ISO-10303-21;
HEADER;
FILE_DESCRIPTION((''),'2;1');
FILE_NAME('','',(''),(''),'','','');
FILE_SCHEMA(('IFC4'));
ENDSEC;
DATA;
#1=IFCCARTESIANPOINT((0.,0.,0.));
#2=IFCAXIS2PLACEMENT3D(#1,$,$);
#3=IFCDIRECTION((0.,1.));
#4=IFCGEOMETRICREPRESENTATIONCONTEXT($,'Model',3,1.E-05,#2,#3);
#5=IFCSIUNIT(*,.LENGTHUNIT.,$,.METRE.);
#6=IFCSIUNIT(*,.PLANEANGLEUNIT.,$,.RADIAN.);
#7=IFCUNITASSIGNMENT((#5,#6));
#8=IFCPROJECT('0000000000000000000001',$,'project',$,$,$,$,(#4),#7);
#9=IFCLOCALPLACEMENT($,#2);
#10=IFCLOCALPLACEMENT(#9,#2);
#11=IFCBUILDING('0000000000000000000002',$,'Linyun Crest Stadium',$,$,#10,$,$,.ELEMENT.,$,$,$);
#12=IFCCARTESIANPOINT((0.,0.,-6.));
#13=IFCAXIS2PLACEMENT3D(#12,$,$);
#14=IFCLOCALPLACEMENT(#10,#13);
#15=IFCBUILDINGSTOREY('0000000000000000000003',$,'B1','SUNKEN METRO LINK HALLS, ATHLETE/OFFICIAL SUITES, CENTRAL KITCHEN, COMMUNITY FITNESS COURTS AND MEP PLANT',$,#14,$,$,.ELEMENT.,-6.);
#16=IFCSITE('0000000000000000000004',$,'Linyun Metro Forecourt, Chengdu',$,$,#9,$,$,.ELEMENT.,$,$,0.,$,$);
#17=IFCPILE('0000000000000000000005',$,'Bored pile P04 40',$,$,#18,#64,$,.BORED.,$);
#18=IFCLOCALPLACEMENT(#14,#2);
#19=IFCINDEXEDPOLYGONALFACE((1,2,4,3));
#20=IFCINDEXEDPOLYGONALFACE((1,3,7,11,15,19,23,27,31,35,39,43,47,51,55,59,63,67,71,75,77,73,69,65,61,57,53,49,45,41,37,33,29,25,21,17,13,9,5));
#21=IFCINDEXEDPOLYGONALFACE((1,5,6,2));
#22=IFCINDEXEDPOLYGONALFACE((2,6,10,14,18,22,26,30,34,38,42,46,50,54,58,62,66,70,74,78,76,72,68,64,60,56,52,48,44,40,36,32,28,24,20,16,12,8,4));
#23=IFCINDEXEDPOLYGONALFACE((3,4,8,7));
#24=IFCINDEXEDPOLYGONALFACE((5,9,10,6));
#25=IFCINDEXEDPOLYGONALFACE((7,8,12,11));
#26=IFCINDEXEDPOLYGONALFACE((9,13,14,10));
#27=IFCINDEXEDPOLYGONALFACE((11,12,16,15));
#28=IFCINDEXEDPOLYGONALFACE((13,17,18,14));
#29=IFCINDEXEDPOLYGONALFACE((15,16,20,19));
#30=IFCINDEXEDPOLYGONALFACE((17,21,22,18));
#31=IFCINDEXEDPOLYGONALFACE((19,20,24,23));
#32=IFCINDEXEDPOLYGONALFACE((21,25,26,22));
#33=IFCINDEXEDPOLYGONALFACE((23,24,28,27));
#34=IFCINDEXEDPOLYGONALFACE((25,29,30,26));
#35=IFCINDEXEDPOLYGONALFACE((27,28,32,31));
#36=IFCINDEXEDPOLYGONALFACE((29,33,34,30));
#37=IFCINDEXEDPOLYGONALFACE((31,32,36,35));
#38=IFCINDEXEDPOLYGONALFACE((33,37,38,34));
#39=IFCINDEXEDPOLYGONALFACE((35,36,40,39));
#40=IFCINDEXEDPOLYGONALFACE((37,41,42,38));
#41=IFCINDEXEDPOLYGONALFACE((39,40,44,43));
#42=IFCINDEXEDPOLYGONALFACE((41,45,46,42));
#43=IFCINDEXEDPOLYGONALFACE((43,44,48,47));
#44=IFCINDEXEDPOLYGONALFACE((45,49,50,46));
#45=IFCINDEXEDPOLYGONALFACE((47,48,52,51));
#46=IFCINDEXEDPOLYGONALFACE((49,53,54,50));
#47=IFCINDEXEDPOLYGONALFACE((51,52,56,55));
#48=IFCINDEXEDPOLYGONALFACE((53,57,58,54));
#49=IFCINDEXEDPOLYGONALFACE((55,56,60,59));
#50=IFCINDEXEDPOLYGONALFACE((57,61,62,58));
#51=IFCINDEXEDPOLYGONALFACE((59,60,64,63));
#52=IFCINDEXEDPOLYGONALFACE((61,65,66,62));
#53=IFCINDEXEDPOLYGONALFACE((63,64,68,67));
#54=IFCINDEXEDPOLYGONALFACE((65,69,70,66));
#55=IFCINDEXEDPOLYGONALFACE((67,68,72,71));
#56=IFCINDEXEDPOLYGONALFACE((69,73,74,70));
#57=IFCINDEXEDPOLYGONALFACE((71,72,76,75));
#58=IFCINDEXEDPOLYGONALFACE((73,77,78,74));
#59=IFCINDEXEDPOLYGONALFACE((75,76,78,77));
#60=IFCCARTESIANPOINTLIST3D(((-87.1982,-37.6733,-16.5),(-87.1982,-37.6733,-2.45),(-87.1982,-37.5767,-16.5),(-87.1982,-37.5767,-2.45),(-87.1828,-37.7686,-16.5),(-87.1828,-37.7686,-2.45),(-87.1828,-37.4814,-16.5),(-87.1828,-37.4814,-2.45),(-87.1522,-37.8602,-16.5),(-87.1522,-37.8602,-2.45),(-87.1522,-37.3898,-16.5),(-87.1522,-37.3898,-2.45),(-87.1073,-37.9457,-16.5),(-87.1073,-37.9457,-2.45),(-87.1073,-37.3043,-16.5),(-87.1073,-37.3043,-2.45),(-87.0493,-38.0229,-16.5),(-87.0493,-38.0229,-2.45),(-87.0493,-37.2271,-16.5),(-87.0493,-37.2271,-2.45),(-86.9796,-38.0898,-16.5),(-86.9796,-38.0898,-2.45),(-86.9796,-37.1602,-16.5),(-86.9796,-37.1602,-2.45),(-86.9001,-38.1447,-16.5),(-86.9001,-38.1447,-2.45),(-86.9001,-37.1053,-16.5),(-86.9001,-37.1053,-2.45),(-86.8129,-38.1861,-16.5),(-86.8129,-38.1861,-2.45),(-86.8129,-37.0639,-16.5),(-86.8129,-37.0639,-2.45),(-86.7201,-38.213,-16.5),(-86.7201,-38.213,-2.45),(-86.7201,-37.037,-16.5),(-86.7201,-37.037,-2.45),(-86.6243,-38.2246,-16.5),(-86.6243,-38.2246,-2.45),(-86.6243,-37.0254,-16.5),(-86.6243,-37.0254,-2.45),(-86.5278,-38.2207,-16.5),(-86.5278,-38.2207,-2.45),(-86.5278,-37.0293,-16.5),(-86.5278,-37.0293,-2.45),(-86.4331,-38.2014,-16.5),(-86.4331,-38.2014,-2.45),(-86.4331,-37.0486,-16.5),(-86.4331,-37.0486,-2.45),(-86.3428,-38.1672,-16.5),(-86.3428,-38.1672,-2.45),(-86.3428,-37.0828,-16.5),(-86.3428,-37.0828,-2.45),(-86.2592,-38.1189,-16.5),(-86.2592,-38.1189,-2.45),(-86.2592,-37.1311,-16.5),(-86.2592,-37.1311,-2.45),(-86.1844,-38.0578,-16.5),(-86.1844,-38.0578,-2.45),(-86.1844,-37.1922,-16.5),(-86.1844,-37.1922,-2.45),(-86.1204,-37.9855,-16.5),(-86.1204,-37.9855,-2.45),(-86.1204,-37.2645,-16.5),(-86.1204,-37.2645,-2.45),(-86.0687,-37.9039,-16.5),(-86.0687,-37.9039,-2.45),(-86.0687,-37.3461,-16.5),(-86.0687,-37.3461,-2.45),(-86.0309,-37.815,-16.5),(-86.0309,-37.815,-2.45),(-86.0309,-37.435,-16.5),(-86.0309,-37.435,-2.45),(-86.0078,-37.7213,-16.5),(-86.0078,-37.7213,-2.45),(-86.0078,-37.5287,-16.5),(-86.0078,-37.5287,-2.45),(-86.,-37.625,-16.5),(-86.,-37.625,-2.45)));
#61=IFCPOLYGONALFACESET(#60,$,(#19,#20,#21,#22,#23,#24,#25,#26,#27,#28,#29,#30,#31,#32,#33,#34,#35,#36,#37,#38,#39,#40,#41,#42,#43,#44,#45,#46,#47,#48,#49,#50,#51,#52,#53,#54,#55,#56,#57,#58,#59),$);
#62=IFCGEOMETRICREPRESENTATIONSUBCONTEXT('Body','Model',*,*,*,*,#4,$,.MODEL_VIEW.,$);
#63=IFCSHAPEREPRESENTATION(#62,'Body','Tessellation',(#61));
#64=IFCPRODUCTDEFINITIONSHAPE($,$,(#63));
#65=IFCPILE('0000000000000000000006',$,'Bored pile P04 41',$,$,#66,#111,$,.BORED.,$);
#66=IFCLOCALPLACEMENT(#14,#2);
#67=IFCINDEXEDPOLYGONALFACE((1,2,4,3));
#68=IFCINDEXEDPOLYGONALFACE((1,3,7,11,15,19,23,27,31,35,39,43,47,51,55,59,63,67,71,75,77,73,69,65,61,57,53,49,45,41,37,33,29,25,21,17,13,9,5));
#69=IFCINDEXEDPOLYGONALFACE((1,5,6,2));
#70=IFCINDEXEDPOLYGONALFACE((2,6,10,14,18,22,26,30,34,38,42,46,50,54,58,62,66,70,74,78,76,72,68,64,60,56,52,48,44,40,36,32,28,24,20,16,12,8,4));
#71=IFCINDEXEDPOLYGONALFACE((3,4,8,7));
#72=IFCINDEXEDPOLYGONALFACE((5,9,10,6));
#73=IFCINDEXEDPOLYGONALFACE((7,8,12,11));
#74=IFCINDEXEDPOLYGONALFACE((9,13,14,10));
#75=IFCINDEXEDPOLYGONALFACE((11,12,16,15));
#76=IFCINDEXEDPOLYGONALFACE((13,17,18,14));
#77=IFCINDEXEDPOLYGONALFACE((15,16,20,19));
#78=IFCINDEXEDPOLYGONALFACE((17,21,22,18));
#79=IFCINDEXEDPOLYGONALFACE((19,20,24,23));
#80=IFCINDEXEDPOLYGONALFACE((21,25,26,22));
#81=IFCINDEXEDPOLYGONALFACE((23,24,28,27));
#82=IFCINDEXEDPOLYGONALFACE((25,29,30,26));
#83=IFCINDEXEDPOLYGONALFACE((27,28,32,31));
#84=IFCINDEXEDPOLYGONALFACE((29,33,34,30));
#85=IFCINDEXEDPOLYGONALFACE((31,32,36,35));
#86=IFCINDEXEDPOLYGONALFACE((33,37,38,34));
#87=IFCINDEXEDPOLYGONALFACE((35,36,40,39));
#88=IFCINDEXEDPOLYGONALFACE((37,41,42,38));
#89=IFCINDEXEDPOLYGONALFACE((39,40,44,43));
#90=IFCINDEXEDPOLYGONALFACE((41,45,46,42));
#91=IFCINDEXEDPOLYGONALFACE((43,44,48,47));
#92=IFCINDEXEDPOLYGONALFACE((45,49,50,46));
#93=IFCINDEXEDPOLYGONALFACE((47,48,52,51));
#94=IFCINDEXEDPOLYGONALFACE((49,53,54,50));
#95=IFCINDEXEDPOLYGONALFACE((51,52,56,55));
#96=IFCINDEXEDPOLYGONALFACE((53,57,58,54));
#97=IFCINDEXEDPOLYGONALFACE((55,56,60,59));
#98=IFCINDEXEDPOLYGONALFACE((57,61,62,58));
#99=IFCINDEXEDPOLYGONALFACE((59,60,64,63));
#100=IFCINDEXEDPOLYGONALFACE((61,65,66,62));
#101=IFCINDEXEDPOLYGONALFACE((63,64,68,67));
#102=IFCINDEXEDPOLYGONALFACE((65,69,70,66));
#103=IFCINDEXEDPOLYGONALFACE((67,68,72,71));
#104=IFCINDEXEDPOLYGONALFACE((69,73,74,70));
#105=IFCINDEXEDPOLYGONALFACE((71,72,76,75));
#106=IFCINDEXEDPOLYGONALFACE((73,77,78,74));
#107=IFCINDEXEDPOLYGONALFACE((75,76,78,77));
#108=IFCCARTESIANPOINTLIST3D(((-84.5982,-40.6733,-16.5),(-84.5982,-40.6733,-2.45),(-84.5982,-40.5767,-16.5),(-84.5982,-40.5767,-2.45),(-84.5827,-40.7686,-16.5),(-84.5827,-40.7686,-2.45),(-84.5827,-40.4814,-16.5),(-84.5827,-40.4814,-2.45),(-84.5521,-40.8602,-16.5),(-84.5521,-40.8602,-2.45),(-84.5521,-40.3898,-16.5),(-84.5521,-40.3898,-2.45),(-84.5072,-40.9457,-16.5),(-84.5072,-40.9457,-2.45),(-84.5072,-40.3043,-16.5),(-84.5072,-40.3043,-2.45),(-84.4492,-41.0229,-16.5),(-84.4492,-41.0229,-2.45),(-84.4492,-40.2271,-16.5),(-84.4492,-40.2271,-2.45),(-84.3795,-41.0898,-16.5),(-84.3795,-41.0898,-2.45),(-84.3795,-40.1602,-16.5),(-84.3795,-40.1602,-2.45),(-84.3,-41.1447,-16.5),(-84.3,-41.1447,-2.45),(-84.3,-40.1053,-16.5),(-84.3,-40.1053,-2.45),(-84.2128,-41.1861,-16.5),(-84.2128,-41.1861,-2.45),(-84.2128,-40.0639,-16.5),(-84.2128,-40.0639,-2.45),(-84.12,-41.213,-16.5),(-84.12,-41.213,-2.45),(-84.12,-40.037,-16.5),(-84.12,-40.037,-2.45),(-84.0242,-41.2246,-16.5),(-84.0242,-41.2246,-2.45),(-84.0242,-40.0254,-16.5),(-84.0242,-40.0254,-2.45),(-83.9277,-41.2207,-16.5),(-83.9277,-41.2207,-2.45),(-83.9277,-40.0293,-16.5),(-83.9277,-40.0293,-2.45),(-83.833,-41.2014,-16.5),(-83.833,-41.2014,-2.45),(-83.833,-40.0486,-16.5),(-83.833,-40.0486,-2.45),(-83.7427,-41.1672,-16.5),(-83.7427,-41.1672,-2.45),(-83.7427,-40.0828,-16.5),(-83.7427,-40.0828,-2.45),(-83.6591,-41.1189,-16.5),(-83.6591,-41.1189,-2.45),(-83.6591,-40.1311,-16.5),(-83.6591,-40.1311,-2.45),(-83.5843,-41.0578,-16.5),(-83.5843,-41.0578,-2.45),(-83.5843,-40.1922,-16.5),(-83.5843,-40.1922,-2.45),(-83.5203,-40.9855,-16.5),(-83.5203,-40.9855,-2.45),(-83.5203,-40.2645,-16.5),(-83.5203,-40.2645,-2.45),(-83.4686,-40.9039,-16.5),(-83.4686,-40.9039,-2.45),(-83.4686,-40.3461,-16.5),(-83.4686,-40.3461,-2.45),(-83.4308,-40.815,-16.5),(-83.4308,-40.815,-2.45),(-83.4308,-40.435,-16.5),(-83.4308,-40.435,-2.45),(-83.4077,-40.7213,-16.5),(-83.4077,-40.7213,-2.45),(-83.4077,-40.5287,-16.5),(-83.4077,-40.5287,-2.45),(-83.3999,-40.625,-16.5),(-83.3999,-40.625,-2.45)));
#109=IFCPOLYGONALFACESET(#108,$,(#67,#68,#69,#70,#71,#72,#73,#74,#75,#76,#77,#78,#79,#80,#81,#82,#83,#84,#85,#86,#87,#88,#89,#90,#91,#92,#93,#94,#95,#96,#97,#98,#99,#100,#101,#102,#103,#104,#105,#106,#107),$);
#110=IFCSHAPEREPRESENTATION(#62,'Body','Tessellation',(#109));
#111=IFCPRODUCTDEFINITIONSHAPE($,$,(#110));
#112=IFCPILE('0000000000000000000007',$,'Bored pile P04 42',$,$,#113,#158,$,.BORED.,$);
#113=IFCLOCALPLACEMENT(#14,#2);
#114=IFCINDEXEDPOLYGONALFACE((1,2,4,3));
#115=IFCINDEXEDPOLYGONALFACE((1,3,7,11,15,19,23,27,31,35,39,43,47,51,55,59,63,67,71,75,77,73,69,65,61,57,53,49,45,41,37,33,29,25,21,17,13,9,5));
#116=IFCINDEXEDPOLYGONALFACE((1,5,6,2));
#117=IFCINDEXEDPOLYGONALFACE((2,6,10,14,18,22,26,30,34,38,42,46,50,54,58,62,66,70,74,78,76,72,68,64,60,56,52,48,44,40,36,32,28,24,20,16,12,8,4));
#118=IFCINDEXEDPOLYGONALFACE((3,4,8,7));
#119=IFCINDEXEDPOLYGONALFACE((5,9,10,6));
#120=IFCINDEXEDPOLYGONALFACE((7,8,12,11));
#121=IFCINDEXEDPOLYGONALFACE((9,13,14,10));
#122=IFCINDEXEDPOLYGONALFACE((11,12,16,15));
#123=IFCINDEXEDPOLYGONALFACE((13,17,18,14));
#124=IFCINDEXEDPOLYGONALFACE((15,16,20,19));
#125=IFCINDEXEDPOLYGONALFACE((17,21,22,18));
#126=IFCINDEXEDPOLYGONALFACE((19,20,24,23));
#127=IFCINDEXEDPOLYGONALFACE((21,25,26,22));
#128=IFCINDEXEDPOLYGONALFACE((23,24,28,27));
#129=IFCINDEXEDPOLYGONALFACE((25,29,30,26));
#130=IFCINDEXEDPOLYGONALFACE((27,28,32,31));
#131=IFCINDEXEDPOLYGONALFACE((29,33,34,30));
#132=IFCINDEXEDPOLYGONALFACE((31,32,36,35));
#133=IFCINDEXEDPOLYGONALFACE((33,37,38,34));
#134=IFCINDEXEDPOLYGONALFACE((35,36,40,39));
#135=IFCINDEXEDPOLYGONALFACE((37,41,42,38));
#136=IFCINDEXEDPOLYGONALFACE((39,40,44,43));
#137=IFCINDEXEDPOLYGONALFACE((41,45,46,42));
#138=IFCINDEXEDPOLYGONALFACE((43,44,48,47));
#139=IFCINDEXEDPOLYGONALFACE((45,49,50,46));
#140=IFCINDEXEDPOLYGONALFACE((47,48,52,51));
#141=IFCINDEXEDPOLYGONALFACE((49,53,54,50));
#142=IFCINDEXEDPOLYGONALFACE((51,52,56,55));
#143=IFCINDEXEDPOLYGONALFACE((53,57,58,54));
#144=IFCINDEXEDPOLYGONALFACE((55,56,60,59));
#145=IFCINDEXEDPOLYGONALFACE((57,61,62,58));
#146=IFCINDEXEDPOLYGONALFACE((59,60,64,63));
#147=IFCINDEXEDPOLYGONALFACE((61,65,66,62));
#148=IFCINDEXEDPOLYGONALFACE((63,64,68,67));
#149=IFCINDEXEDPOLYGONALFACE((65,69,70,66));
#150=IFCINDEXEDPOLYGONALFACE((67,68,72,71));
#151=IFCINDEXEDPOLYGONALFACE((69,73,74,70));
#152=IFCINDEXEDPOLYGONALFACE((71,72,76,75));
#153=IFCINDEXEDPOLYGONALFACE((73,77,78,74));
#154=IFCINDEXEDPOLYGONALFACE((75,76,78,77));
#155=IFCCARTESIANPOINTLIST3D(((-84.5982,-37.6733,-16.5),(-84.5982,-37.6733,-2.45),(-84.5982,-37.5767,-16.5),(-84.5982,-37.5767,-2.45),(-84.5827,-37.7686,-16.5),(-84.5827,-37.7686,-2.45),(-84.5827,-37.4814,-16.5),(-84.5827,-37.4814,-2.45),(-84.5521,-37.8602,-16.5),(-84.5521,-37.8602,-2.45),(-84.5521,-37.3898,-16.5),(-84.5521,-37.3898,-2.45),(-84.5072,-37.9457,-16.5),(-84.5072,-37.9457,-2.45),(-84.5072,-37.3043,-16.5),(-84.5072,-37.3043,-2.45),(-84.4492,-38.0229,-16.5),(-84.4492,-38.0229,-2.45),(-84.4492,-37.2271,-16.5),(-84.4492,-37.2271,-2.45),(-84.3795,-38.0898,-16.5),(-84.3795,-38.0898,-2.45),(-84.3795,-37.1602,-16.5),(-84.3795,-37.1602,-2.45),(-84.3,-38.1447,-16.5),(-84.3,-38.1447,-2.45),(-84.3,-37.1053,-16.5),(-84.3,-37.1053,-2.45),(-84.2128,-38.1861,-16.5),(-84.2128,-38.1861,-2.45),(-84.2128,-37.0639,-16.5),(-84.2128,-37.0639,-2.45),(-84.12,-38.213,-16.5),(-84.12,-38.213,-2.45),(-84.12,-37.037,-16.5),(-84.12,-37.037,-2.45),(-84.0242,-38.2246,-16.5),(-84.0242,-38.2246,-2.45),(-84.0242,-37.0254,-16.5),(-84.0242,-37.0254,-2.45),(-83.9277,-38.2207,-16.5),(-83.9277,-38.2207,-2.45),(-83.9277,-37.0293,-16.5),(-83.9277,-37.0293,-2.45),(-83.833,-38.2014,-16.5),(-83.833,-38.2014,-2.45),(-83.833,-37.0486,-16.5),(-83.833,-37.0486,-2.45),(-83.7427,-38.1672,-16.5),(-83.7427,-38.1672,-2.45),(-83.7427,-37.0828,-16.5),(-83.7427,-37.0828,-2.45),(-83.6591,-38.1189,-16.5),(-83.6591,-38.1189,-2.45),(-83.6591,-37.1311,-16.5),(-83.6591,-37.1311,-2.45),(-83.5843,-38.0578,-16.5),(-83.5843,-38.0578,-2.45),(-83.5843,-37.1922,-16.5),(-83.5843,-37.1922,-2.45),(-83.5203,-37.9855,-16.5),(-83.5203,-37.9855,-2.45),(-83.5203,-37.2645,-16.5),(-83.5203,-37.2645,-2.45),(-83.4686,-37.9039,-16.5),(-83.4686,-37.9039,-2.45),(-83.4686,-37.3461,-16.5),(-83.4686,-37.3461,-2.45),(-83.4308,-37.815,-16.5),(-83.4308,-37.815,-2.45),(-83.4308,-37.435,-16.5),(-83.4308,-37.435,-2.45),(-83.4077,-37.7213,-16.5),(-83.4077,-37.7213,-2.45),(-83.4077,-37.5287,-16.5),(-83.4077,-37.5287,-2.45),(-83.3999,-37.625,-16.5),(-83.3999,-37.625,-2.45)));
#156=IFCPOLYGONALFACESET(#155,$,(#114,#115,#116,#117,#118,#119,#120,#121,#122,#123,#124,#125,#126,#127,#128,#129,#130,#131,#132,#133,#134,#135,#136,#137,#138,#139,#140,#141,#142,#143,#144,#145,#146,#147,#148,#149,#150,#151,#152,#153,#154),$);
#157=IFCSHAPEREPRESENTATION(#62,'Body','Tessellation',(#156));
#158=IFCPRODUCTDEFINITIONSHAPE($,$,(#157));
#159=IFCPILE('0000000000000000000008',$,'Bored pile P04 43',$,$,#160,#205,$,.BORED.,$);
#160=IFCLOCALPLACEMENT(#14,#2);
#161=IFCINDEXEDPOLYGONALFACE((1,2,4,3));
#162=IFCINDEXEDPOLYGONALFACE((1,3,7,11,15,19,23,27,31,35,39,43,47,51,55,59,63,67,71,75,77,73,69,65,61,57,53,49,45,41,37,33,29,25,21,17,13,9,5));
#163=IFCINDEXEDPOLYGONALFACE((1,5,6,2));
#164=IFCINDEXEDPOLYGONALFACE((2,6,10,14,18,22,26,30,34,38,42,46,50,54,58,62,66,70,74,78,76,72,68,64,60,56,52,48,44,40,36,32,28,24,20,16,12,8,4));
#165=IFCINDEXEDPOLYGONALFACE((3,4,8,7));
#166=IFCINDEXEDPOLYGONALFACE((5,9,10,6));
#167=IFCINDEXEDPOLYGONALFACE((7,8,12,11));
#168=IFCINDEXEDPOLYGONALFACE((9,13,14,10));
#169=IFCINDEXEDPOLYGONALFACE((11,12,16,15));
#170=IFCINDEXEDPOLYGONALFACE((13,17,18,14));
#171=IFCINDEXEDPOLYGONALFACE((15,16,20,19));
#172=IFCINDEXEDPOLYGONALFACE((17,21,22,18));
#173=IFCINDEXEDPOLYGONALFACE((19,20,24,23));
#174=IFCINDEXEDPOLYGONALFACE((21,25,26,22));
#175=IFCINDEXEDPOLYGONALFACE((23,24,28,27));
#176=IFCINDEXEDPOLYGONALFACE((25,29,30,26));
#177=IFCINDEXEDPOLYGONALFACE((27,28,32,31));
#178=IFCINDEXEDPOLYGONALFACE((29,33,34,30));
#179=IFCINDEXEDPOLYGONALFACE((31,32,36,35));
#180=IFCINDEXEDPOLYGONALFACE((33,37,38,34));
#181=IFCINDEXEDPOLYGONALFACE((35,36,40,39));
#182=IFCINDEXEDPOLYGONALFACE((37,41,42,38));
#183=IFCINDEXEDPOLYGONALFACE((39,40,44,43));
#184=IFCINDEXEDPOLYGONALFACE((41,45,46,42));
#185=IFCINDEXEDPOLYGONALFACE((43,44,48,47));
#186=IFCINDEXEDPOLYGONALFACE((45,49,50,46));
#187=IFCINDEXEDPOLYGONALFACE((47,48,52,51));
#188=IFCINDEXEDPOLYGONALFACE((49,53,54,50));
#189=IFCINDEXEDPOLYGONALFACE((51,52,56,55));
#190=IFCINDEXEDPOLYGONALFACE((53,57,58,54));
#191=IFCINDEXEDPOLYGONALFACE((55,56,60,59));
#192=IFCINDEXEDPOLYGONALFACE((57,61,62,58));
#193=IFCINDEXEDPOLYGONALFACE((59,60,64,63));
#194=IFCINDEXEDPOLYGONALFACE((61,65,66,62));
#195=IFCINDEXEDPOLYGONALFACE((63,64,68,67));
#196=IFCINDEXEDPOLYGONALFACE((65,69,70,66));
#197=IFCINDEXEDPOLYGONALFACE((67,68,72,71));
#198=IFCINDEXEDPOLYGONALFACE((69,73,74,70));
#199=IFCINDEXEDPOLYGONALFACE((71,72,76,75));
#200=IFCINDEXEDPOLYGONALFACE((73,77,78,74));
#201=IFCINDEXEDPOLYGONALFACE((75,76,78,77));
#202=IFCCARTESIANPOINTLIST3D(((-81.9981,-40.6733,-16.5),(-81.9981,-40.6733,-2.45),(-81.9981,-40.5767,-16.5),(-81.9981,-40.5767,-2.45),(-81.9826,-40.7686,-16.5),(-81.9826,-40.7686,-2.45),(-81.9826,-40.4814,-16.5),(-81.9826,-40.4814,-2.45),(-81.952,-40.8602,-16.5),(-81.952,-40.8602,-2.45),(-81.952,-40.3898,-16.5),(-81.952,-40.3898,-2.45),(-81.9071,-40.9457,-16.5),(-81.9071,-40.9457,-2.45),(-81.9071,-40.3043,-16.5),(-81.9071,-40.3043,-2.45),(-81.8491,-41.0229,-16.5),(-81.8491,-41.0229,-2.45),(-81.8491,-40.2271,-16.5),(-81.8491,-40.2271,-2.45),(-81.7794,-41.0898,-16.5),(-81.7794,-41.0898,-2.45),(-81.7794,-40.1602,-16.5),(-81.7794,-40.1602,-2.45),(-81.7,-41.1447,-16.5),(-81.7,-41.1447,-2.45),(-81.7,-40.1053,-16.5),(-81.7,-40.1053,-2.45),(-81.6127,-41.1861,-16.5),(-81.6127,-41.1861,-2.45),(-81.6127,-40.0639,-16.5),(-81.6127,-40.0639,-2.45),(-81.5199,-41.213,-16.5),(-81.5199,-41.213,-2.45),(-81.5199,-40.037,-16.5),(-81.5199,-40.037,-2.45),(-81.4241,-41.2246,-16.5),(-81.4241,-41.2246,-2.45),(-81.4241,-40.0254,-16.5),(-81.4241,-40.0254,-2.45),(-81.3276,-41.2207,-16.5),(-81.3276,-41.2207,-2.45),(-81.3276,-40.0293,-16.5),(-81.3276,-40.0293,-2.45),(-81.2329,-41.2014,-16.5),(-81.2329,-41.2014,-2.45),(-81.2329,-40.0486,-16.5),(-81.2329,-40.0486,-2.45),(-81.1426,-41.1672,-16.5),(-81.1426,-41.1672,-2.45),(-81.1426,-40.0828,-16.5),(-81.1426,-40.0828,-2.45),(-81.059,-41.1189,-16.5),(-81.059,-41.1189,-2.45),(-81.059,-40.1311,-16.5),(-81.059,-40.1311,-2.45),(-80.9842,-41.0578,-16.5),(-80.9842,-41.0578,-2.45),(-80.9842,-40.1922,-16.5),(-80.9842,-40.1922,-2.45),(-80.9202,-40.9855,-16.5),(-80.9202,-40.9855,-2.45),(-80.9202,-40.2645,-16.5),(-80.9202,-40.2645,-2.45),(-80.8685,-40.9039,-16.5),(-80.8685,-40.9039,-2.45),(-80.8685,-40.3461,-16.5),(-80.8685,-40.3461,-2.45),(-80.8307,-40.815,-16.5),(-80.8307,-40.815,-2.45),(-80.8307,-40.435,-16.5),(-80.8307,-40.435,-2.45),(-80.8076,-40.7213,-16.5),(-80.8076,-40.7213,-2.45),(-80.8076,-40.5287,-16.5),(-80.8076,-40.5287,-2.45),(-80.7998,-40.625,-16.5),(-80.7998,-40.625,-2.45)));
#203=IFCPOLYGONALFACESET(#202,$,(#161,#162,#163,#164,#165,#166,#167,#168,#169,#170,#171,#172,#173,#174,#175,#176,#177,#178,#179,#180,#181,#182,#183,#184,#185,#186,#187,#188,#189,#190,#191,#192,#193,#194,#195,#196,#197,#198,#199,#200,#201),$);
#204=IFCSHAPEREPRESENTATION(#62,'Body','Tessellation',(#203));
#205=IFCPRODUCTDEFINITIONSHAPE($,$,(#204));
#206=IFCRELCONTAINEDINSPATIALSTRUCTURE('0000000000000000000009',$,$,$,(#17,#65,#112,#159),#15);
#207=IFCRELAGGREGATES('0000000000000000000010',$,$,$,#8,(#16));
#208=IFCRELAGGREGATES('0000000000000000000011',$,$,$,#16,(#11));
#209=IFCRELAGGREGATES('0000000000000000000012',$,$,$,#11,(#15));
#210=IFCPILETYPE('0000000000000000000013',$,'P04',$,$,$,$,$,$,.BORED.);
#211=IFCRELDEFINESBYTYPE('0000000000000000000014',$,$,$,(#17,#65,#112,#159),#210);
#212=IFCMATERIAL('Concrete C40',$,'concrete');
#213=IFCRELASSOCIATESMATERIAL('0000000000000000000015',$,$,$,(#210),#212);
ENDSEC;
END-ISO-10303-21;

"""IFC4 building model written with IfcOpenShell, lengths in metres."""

from ifc_helpers import new_model, si_unit, direction, frame, origin, origin_2d, place, context, subcontext, project, spatial, circle, extrude, material, material_profile, profile_set, type_object, element, save


model = new_model("IFC4")

# Units and contexts
model_context = context("Model", 3, precision=1e-05, world=origin(), true_north=direction((0.0, 1.0)))
body_context = subcontext(model_context, "Body", "Model", "MODEL_VIEW")
ifc_project = project(units=[si_unit("LENGTHUNIT", "METRE"), si_unit("PLANEANGLEUNIT", "RADIAN")], contexts=[model_context])

# Site, building, storey
site_placement = place(None, origin())
site = spatial("IfcSite", under=ifc_project, at=site_placement, Name="Linyun Metro Forecourt, Chengdu", CompositionType="ELEMENT", RefElevation=0.0)
building_placement = place(site_placement, origin())
building = spatial("IfcBuilding", under=site, at=building_placement, Name="Linyun Crest Stadium", CompositionType="ELEMENT")
storey_placement = place(building_placement, frame((0.0, 0.0, -6.0)))
storey = spatial("IfcBuildingStorey", under=building, at=storey_placement, Name="B1", Description="SUNKEN METRO LINK HALLS, ATHLETE/OFFICIAL SUITES, CENTRAL KITCHEN, COMMUNITY FITNESS COURTS AND MEP PLANT", CompositionType="ELEMENT", Elevation=-6.0)

# Piles
ifc_material_1 = material(Name="Concrete C40", Category="concrete")
ifc_material_profile_1 = material_profile(ifc_material_1, circle(Radius=0.6001, at=origin_2d()), Name="BORED PILE 1200")
ifc_profile_set_1 = profile_set([ifc_material_profile_1], Name="Concrete C40")
pile_type = type_object("IfcPileType", Name="P04", PredefinedType="BORED", material=ifc_profile_set_1)
for number, where, z_axis, x_axis, name in (
    (1, (-86.6001, -37.625, -2.45), (0.0, 0.0, -1.0), (1.0, 0.0, 0.0), "Bored pile P04 40"),
    (2, (-84.0, -40.625, -2.45), (0.0, 0.0, -1.0), (1.0, 0.0, 0.0), "Bored pile P04 41"),
    (3, (-84.0, -37.625, -2.45), (0.0, 0.0, -1.0), (1.0, 0.0, 0.0), "Bored pile P04 42"),
    (4, (-81.3999, -40.625, -2.45), (0.0, 0.0, -1.0), (1.0, 0.0, 0.0), "Bored pile P04 43"),
):
    element("IfcPile", number, at=place(storey_placement, frame(where, z_axis=z_axis, x_axis=x_axis)), inside=storey, type_object=pile_type, Name=name, PredefinedType="BORED", context=body_context, shape_type="SweptSolid", body=[
        extrude(circle(Radius=0.6001, at=origin_2d()), origin(), (0.0, 0.0, 1.0), 14.05),
    ])

save(model, "model.ifc")
